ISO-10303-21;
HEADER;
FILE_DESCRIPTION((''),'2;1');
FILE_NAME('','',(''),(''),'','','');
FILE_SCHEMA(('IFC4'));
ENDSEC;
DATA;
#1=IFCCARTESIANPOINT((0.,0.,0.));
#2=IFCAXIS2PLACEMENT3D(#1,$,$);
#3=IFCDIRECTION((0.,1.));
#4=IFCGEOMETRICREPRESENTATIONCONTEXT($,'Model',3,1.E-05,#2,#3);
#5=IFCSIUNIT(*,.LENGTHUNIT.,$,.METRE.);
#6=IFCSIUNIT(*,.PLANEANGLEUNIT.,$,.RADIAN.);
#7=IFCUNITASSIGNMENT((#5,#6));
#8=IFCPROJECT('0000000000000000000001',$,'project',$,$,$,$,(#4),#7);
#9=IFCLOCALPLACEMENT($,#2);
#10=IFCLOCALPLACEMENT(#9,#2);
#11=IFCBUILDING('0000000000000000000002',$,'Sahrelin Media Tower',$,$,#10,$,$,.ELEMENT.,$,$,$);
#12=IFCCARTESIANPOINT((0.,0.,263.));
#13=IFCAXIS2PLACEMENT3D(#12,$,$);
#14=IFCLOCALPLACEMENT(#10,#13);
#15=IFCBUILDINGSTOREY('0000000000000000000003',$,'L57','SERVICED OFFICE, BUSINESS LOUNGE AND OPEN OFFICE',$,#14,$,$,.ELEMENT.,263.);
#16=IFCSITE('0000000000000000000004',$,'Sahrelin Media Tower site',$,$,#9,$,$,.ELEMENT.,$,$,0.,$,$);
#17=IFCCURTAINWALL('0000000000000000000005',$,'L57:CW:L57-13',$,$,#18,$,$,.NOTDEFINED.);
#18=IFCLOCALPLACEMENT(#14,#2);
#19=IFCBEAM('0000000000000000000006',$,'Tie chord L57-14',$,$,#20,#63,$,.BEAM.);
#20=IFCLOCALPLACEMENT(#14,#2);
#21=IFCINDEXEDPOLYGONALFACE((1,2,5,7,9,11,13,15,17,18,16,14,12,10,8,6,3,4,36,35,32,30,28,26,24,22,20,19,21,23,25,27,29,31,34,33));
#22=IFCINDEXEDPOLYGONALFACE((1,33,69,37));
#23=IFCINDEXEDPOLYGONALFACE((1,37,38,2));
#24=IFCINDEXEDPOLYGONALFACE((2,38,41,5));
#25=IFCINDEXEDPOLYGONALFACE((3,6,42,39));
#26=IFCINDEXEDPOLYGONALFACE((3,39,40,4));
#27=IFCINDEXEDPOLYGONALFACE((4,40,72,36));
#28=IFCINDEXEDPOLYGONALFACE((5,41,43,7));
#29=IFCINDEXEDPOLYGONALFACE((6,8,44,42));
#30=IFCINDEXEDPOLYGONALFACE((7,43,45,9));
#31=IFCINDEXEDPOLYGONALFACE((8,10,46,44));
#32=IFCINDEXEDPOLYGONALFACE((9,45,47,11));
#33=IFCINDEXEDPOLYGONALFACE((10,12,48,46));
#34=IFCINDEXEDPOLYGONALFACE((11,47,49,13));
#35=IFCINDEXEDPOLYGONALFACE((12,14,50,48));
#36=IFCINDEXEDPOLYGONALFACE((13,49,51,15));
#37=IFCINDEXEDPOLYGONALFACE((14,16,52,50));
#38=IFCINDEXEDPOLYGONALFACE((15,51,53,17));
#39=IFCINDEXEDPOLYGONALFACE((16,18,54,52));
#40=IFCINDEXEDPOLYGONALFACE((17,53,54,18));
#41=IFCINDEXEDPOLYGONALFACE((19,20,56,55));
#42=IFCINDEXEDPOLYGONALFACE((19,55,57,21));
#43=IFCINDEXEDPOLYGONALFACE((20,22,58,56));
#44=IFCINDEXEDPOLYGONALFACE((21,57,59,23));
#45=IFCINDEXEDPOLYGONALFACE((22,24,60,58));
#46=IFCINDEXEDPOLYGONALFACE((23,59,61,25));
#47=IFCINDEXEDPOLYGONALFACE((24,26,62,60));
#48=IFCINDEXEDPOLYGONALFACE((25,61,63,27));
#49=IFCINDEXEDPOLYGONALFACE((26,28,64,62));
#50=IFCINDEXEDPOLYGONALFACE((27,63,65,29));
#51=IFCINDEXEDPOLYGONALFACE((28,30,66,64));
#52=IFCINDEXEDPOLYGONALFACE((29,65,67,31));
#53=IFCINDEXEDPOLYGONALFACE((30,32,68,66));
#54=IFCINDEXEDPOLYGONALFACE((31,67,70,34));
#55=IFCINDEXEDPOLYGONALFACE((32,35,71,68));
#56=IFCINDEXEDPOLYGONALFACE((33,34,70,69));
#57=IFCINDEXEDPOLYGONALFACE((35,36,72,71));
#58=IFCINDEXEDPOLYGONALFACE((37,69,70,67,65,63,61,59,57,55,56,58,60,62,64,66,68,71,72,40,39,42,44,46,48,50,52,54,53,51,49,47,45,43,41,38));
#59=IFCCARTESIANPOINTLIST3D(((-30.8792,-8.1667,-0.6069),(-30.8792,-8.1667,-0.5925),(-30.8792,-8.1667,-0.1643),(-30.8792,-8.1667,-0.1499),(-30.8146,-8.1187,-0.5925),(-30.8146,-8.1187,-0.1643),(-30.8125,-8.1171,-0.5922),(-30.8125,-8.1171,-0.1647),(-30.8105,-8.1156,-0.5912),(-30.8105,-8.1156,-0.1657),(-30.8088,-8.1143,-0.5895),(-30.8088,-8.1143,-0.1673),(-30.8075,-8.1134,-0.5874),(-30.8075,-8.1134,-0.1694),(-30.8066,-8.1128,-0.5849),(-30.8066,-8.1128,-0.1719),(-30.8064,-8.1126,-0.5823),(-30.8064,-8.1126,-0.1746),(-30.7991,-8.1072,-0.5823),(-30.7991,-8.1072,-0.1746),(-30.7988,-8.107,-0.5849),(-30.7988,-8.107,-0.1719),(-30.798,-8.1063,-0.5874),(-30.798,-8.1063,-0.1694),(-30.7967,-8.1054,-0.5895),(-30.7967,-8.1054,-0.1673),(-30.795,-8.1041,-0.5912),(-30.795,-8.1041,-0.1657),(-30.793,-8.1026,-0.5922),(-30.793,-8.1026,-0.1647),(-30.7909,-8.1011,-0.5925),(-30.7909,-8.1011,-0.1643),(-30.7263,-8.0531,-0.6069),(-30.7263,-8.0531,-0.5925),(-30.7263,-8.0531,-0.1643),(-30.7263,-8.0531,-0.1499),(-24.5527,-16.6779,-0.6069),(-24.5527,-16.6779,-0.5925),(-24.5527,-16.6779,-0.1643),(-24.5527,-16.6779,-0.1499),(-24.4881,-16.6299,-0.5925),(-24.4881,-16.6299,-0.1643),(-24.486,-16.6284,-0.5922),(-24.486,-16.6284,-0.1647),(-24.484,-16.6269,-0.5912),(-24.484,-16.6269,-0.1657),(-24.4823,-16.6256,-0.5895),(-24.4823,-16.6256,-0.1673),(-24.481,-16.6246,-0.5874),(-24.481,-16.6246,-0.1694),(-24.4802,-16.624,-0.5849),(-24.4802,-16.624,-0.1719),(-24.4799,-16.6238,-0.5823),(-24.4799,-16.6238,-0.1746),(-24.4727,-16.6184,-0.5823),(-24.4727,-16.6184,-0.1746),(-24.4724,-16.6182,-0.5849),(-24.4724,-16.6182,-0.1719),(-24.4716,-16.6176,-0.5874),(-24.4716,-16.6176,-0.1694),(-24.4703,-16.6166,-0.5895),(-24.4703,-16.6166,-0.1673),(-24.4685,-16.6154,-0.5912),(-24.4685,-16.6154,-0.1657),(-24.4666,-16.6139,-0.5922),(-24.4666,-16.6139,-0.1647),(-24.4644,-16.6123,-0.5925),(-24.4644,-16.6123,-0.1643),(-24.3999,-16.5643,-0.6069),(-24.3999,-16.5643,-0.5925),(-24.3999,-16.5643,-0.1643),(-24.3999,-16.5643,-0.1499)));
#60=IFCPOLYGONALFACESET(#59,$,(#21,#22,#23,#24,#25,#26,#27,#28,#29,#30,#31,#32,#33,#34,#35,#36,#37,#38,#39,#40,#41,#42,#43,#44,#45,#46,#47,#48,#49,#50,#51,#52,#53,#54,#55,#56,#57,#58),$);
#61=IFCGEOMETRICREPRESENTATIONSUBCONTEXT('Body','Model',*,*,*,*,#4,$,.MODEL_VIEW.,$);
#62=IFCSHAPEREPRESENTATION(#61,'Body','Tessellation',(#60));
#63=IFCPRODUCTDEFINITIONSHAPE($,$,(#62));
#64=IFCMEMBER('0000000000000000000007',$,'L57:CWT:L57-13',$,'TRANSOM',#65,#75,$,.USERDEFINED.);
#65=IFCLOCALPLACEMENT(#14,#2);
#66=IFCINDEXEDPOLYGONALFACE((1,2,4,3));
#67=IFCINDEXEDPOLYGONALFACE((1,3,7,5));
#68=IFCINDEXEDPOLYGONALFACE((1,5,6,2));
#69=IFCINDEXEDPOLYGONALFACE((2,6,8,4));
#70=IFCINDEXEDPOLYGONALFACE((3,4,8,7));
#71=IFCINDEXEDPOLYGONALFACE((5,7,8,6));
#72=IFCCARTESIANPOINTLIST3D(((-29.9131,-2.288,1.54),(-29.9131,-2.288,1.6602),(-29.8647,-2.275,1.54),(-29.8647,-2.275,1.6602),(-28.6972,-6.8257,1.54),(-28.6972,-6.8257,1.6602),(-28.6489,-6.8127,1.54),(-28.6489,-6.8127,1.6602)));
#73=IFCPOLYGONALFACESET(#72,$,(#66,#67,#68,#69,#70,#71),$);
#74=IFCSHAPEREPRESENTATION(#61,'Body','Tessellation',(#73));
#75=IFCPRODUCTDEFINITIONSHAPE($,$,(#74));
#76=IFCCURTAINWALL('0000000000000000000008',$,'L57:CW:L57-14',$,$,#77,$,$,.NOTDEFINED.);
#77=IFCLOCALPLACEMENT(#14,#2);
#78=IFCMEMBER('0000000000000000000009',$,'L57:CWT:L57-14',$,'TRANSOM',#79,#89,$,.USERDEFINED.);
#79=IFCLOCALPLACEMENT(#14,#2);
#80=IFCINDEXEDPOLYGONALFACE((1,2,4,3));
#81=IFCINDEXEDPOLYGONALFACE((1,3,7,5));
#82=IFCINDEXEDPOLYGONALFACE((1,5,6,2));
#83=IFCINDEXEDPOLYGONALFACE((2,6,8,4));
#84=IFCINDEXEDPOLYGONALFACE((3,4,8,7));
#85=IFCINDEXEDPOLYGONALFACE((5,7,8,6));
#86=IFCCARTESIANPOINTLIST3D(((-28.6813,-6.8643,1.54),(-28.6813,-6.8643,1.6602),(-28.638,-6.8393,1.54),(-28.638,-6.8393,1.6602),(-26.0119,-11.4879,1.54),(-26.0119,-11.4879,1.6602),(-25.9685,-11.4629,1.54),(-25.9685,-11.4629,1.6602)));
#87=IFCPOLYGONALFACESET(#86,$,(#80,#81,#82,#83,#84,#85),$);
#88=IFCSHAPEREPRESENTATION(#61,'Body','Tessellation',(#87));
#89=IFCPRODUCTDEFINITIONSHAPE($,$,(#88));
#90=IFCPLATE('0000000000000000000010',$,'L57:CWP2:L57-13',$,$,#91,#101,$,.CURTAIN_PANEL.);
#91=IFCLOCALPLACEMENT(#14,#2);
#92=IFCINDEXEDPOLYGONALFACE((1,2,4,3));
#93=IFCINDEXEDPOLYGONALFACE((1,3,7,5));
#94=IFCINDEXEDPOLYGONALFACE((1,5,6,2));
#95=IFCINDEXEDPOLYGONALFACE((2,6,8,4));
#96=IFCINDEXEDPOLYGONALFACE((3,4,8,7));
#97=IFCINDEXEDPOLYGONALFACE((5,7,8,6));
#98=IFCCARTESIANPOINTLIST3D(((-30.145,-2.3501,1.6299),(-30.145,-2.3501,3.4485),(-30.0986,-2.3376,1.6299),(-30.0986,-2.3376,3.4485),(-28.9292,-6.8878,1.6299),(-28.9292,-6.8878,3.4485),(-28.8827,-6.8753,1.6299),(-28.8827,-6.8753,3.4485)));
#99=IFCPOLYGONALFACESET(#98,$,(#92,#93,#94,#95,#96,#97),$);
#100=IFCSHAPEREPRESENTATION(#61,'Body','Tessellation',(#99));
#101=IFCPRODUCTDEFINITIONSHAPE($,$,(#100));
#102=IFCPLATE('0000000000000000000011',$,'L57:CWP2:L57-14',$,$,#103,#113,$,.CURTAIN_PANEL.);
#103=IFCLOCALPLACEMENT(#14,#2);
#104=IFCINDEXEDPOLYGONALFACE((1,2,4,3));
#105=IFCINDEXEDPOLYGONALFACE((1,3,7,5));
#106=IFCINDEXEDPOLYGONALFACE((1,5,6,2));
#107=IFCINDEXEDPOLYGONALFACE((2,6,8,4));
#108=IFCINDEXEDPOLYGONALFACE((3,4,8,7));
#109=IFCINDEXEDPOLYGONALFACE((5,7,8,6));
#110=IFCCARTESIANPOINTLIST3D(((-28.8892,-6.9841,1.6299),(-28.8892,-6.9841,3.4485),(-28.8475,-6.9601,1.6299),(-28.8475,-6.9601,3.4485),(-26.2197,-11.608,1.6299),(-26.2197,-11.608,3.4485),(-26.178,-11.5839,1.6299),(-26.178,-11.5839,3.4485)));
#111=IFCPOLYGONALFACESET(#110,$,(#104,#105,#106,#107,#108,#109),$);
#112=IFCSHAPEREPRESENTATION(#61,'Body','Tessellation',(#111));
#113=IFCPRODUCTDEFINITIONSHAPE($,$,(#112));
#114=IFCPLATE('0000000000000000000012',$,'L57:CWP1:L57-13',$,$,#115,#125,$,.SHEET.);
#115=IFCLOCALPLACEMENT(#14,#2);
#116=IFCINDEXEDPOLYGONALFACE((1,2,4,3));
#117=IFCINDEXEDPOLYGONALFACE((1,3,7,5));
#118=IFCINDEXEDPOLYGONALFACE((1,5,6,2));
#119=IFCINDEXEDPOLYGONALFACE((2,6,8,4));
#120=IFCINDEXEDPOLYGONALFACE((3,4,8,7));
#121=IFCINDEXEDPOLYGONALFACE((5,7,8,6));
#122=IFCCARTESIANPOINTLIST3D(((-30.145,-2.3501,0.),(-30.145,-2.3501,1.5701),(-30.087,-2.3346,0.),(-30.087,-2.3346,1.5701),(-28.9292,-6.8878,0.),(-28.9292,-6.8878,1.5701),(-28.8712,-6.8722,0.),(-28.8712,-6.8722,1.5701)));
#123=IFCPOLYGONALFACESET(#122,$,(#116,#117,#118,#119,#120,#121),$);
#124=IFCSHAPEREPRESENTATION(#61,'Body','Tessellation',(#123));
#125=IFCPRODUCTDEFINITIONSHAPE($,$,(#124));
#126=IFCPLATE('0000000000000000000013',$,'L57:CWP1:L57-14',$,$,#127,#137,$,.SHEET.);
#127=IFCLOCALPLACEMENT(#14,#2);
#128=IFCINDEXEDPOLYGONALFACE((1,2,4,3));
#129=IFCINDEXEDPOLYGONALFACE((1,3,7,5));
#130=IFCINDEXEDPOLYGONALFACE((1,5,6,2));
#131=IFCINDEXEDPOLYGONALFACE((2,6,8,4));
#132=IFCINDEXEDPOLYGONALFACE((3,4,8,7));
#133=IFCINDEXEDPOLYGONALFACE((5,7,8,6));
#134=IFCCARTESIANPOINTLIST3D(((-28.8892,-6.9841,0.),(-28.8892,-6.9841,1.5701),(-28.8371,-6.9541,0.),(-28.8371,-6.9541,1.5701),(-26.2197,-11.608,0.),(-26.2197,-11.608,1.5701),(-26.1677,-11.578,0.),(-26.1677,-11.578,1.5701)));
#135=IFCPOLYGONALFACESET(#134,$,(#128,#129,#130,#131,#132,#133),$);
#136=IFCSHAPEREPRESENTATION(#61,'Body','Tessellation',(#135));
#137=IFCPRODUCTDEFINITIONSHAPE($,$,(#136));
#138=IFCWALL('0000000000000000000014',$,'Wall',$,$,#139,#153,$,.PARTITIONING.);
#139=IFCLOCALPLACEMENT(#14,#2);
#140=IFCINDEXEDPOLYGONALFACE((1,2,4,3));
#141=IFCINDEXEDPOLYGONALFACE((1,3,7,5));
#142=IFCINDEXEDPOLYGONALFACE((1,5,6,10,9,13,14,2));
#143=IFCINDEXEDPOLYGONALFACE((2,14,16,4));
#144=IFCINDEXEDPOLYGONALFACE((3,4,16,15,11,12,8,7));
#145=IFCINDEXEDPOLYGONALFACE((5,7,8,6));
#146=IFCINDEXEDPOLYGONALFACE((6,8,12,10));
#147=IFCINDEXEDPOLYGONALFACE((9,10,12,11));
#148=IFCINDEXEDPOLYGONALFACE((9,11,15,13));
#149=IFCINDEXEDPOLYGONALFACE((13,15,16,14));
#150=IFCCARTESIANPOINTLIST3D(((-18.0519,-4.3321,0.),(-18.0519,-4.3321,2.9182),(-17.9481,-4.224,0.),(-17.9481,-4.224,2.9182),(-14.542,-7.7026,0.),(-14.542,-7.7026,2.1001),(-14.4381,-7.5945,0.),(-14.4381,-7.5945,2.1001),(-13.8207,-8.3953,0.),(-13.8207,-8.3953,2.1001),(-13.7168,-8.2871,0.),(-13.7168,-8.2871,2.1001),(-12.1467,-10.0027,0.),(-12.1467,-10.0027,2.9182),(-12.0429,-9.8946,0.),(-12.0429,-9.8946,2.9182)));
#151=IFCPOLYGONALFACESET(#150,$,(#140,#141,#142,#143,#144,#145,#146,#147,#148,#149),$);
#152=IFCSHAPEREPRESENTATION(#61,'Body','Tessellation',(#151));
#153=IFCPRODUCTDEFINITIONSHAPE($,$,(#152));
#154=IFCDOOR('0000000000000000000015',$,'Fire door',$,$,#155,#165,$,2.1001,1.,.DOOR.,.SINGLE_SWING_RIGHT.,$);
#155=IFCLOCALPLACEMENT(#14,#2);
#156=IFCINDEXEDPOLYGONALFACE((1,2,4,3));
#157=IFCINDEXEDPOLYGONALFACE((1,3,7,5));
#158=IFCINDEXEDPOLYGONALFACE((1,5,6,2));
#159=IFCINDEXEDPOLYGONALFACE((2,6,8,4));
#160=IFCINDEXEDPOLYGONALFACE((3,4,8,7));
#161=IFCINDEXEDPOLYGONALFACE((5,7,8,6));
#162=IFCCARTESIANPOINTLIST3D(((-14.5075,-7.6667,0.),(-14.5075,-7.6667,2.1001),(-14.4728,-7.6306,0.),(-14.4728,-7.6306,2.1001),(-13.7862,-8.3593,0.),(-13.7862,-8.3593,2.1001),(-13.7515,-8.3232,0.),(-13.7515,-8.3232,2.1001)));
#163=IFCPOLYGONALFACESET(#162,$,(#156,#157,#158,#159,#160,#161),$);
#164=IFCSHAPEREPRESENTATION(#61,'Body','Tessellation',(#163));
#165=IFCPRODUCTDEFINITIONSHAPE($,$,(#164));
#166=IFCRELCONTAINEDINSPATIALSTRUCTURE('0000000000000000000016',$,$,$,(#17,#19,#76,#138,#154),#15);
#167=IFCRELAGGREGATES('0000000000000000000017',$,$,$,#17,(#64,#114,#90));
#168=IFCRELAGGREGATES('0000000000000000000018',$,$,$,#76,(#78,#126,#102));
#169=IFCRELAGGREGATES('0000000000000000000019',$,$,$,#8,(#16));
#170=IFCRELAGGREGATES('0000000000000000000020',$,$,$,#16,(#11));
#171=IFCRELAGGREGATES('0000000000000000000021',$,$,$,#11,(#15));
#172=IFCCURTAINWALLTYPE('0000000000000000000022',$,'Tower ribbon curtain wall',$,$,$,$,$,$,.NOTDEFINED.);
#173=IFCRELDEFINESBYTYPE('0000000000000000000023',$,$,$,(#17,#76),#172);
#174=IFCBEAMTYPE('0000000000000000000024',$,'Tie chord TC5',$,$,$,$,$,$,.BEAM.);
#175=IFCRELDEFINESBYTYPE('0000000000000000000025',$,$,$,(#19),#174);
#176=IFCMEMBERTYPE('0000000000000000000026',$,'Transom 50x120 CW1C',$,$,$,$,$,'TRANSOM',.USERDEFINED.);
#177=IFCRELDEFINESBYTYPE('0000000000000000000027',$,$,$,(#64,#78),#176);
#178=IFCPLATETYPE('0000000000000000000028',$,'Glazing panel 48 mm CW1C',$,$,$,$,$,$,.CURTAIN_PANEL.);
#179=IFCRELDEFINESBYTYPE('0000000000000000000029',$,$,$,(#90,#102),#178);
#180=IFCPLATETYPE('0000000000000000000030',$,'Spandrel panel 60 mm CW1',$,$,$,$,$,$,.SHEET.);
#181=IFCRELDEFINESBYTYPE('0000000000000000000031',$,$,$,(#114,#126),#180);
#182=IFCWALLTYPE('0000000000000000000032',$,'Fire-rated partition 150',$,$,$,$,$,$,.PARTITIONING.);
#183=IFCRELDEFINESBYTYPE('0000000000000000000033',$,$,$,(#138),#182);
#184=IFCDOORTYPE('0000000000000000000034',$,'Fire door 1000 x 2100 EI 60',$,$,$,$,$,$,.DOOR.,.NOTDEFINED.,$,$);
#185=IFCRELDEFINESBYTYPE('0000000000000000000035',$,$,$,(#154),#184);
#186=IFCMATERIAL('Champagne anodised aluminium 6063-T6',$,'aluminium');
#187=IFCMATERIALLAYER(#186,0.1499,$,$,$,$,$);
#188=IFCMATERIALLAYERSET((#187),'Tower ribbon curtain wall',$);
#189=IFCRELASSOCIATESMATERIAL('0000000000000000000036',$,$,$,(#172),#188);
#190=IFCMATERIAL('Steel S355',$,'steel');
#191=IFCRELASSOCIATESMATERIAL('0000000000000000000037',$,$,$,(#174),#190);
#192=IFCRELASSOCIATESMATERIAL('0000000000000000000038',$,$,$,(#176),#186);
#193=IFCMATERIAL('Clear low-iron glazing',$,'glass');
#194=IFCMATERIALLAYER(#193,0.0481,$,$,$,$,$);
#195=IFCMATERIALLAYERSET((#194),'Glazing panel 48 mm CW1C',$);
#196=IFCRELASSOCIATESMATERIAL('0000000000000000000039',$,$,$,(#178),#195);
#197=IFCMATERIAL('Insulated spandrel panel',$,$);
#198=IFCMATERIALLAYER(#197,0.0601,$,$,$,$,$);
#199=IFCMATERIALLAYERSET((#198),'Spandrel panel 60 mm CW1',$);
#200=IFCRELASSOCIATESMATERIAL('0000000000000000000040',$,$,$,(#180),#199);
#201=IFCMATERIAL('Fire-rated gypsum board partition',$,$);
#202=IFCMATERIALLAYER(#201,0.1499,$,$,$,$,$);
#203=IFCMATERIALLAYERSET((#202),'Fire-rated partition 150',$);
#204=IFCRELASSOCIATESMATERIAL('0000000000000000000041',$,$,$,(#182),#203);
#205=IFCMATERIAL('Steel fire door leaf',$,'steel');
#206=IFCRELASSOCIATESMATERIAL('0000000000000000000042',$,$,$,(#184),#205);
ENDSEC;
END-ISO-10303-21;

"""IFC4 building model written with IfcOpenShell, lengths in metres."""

from ifc_helpers import new_model, si_unit, direction, frame, frame_2d, origin, origin_2d, place, context, subcontext, project, spatial, polyline, rectangle, i_section, outline, extrude, material, layer, layer_set, material_profile, profile_set, type_object, element, fill, aggregate, save


model = new_model("IFC4")

# Units and contexts
model_context = context("Model", 3, precision=1e-05, world=origin(), true_north=direction((0.0, 1.0)))
body_context = subcontext(model_context, "Body", "Model", "MODEL_VIEW")
ifc_project = project(units=[si_unit("LENGTHUNIT", "METRE"), si_unit("PLANEANGLEUNIT", "RADIAN")], contexts=[model_context])

# Site, building, storey
site_placement = place(None, origin())
site = spatial("IfcSite", under=ifc_project, at=site_placement, Name="Sahrelin Media Tower site", CompositionType="ELEMENT", RefElevation=0.0)
building_placement = place(site_placement, origin())
building = spatial("IfcBuilding", under=site, at=building_placement, Name="Sahrelin Media Tower", CompositionType="ELEMENT")
storey_placement = place(building_placement, frame((0.0, 0.0, 263.0)))
storey = spatial("IfcBuildingStorey", under=building, at=storey_placement, Name="L57", Description="SERVICED OFFICE, BUSINESS LOUNGE AND OPEN OFFICE", CompositionType="ELEMENT", Elevation=263.0)

# Shared definitions
ifc_material_1 = material(Name="Steel S355", Category="steel")

# Curtain wall
ifc_material_2 = material(Name="Champagne anodised aluminium 6063-T6", Category="aluminium")
ifc_layer_1 = layer(ifc_material_2, 0.1499)
ifc_layer_set_1 = layer_set([ifc_layer_1], Name="Tower ribbon curtain wall")
curtain_wall_type = type_object("IfcCurtainWallType", Name="Tower ribbon curtain wall", PredefinedType="NOTDEFINED", material=ifc_layer_set_1)
curtain_wall_1_placement = place(storey_placement, frame((-29.5176, -4.6138, 0.0), z_axis=(0.0, 0.0, 1.0), x_axis=(1.0, 0.0, 0.0)))
curtain_wall_1 = element("IfcCurtainWall", 1, at=curtain_wall_1_placement, inside=storey, type_object=curtain_wall_type, Name="L57:CW:L57-13", PredefinedType="NOTDEFINED")

# Beam
ifc_material_profile_1 = material_profile(ifc_material_1, i_section(OverallWidth=0.1904, OverallDepth=0.457, WebThickness=0.009, FlangeThickness=0.0144, FilletRadius=0.0103, at=origin_2d()), Name="UB 457x191x74")
ifc_profile_set_1 = profile_set([ifc_material_profile_1], Name="Steel S355")
beam_type_1 = type_object("IfcBeamType", Name="Tie chord TC5", PredefinedType="BEAM", material=ifc_profile_set_1)
beam_1_placement = place(storey_placement, frame((-30.8027, -8.1099, -0.3784), z_axis=(0.596554, -0.802573, 0.0), x_axis=(0.802573, 0.596554, 0.0)))
element("IfcBeam", 2, at=beam_1_placement, inside=storey, type_object=beam_type_1, Name="Tie chord L57-14", PredefinedType="BEAM", context=body_context, shape_type="SweptSolid", body=[
    extrude(i_section(OverallWidth=0.1904, OverallDepth=0.457, WebThickness=0.009, FlangeThickness=0.0144, FilletRadius=0.0103, at=origin_2d()), origin(), (0.0, 0.0, 1.0), 10.605),
])

# Member
ifc_material_profile_2 = material_profile(ifc_material_2, rectangle(XDim=0.05, YDim=0.1201, at=origin_2d()), Name="Transom 50x120")
ifc_profile_set_2 = profile_set([ifc_material_profile_2], Name="Champagne anodised aluminium 6063-T6")
member_type_1 = type_object("IfcMemberType", Name="Transom 50x120 CW1C", ElementType="TRANSOM", PredefinedType="USERDEFINED", material=ifc_profile_set_2)
member_1_placement = place(storey_placement, frame((-29.8889, -2.2815, 1.6001), z_axis=(0.258814, -0.965927, 0.0), x_axis=(0.965927, 0.258814, 0.0)))
member_1 = element("IfcMember", 3, at=member_1_placement, type_object=member_type_1, Name="L57:CWT:L57-13", ObjectType="TRANSOM", PredefinedType="USERDEFINED", context=body_context, shape_type="SweptSolid", body=[
    extrude(rectangle(XDim=0.05, YDim=0.1201, at=origin_2d()), origin(), (0.0, 0.0, 1.0), 4.6978),
])

# Curtain wall, member
curtain_wall_2_placement = place(storey_placement, frame((-27.5371, -9.2861, 0.0), z_axis=(0.0, 0.0, 1.0), x_axis=(1.0, 0.0, 0.0)))
curtain_wall_2 = element("IfcCurtainWall", 4, at=curtain_wall_2_placement, inside=storey, type_object=curtain_wall_type, Name="L57:CW:L57-14", PredefinedType="NOTDEFINED")
member_2_placement = place(storey_placement, frame((-28.6597, -6.8518, 1.6001), z_axis=(0.500005, -0.866023, 0.0), x_axis=(0.866023, 0.500005, 0.0)))
member_2 = element("IfcMember", 5, at=member_2_placement, type_object=member_type_1, Name="L57:CWT:L57-14", ObjectType="TRANSOM", PredefinedType="USERDEFINED", context=body_context, shape_type="SweptSolid", body=[
    extrude(rectangle(XDim=0.05, YDim=0.1201, at=origin_2d()), origin(), (0.0, 0.0, 1.0), 5.3389),
])

# Plates
ifc_material_3 = material(Name="Clear low-iron glazing", Category="glass")
ifc_layer_2 = layer(ifc_material_3, 0.0481)
ifc_layer_set_2 = layer_set([ifc_layer_2], Name="Glazing panel 48 mm CW1C")
plate_type_1 = type_object("IfcPlateType", Name="Glazing panel 48 mm CW1C", PredefinedType="CURTAIN_PANEL", material=ifc_layer_set_2)
plate_1_placement = place(storey_placement, frame((-30.145, -2.3501, 1.6299), z_axis=(-0.965927, -0.258814, 0.0), x_axis=(0.258814, -0.965927, 0.0)))
plate_1 = element("IfcPlate", 6, at=plate_1_placement, type_object=plate_type_1, Name="L57:CWP2:L57-13", PredefinedType="CURTAIN_PANEL", context=body_context, shape_type="SweptSolid", body=[
    extrude(outline(polyline([(0.0, 0.0), (4.6978, 0.0), (4.6978, 1.8186), (0.0, 1.8186), (0.0, 0.0)])), origin(), (0.0, 0.0, -1.0), 0.0481),
])
plate_2_placement = place(storey_placement, frame((-28.8892, -6.9841, 1.6299), z_axis=(-0.866034, -0.499985, 0.0), x_axis=(0.499985, -0.866034, 0.0)))
plate_2 = element("IfcPlate", 7, at=plate_2_placement, type_object=plate_type_1, Name="L57:CWP2:L57-14", PredefinedType="CURTAIN_PANEL", context=body_context, shape_type="SweptSolid", body=[
    extrude(outline(polyline([(0.0, 0.0), (5.3391, 0.0), (5.3391, 1.8186), (0.0, 1.8186), (0.0, 0.0)])), origin(), (0.0, 0.0, -1.0), 0.0481),
])
ifc_material_4 = material(Name="Insulated spandrel panel")
ifc_layer_3 = layer(ifc_material_4, 0.0601)
ifc_layer_set_3 = layer_set([ifc_layer_3], Name="Spandrel panel 60 mm CW1")
plate_type_2 = type_object("IfcPlateType", Name="Spandrel panel 60 mm CW1", PredefinedType="SHEET", material=ifc_layer_set_3)
plate_3_placement = place(storey_placement, frame((-30.145, -2.3501, 0.0), z_axis=(-0.965927, -0.258814, 0.0), x_axis=(0.258814, -0.965927, 0.0)))
plate_3 = element("IfcPlate", 8, at=plate_3_placement, type_object=plate_type_2, Name="L57:CWP1:L57-13", PredefinedType="SHEET", context=body_context, shape_type="SweptSolid", body=[
    extrude(outline(polyline([(0.0, 0.0), (4.6978, 0.0), (4.6978, 1.5701), (0.0, 1.5701), (0.0, 0.0)])), origin(), (0.0, 0.0, -1.0), 0.0601),
])
aggregate(curtain_wall_1, [member_1, plate_3, plate_1])
plate_4_placement = place(storey_placement, frame((-28.8892, -6.9841, 0.0), z_axis=(-0.866034, -0.499985, 0.0), x_axis=(0.499985, -0.866034, 0.0)))
plate_4 = element("IfcPlate", 9, at=plate_4_placement, type_object=plate_type_2, Name="L57:CWP1:L57-14", PredefinedType="SHEET", context=body_context, shape_type="SweptSolid", body=[
    extrude(outline(polyline([(0.0, 0.0), (5.3391, 0.0), (5.3391, 1.5701), (0.0, 1.5701), (0.0, 0.0)])), origin(), (0.0, 0.0, -1.0), 0.0601),
])
aggregate(curtain_wall_2, [member_2, plate_4, plate_2])

# Wall, opening, door
ifc_material_5 = material(Name="Fire-rated gypsum board partition")
ifc_layer_4 = layer(ifc_material_5, 0.1499)
ifc_layer_set_4 = layer_set([ifc_layer_4], Name="Fire-rated partition 150")
wall_type_1 = type_object("IfcWallType", Name="Fire-rated partition 150", PredefinedType="PARTITIONING", material=ifc_layer_set_4)
wall_1_placement = place(storey_placement, frame((-18.0, -4.2781, 0.0), z_axis=(0.0, 0.0, 1.0), x_axis=(0.72129, -0.692633, 0.0)))
wall_1 = element("IfcWall", 10, at=wall_1_placement, inside=storey, type_object=wall_type_1, Name="Wall", PredefinedType="PARTITIONING", context=body_context, shape_type="SweptSolid", body=[
    extrude(rectangle(XDim=8.187, YDim=0.1499, at=frame_2d((4.0935, 0.0))), origin(), (0.0, 0.0, 1.0), 2.9182),
])
opening_1_placement = place(wall_1_placement, frame((4.8662, 0.0, 0.0)))
opening_1 = element("IfcOpeningElement", 11, at=opening_1_placement, cuts=wall_1, PredefinedType="OPENING", context=body_context, shape_type="SweptSolid", body=[
    extrude(rectangle(XDim=1.0, YDim=2.1001, at=frame_2d((0.5, 1.05))), frame((0.0, 0.075, 0.0), z_axis=(0.0, -1.0, 0.0), x_axis=(1.0, 0.0, 0.0)), (0.0, 0.0, 1.0), 0.1499),
])
ifc_material_6 = material(Name="Steel fire door leaf", Category="steel")
door_type_1 = type_object("IfcDoorType", Name="Fire door 1000 x 2100 EI 60", OperationType="NOTDEFINED", PredefinedType="DOOR", material=ifc_material_6)
door_1_placement = place(opening_1_placement, origin())
door_1 = element("IfcDoor", 12, at=door_1_placement, inside=storey, type_object=door_type_1, Name="Fire door", OperationType="SINGLE_SWING_RIGHT", OverallHeight=2.1001, OverallWidth=1.0, PredefinedType="DOOR", context=body_context, shape_type="SweptSolid", body=[
    extrude(rectangle(XDim=1.0, YDim=2.1001, at=frame_2d((0.5, 1.05))), frame((0.0, 0.0249, 0.0), z_axis=(0.0, -1.0, 0.0), x_axis=(1.0, 0.0, 0.0)), (0.0, 0.0, 1.0), 0.05),
])
fill(opening_1, door_1)

save(model, "model.ifc")
